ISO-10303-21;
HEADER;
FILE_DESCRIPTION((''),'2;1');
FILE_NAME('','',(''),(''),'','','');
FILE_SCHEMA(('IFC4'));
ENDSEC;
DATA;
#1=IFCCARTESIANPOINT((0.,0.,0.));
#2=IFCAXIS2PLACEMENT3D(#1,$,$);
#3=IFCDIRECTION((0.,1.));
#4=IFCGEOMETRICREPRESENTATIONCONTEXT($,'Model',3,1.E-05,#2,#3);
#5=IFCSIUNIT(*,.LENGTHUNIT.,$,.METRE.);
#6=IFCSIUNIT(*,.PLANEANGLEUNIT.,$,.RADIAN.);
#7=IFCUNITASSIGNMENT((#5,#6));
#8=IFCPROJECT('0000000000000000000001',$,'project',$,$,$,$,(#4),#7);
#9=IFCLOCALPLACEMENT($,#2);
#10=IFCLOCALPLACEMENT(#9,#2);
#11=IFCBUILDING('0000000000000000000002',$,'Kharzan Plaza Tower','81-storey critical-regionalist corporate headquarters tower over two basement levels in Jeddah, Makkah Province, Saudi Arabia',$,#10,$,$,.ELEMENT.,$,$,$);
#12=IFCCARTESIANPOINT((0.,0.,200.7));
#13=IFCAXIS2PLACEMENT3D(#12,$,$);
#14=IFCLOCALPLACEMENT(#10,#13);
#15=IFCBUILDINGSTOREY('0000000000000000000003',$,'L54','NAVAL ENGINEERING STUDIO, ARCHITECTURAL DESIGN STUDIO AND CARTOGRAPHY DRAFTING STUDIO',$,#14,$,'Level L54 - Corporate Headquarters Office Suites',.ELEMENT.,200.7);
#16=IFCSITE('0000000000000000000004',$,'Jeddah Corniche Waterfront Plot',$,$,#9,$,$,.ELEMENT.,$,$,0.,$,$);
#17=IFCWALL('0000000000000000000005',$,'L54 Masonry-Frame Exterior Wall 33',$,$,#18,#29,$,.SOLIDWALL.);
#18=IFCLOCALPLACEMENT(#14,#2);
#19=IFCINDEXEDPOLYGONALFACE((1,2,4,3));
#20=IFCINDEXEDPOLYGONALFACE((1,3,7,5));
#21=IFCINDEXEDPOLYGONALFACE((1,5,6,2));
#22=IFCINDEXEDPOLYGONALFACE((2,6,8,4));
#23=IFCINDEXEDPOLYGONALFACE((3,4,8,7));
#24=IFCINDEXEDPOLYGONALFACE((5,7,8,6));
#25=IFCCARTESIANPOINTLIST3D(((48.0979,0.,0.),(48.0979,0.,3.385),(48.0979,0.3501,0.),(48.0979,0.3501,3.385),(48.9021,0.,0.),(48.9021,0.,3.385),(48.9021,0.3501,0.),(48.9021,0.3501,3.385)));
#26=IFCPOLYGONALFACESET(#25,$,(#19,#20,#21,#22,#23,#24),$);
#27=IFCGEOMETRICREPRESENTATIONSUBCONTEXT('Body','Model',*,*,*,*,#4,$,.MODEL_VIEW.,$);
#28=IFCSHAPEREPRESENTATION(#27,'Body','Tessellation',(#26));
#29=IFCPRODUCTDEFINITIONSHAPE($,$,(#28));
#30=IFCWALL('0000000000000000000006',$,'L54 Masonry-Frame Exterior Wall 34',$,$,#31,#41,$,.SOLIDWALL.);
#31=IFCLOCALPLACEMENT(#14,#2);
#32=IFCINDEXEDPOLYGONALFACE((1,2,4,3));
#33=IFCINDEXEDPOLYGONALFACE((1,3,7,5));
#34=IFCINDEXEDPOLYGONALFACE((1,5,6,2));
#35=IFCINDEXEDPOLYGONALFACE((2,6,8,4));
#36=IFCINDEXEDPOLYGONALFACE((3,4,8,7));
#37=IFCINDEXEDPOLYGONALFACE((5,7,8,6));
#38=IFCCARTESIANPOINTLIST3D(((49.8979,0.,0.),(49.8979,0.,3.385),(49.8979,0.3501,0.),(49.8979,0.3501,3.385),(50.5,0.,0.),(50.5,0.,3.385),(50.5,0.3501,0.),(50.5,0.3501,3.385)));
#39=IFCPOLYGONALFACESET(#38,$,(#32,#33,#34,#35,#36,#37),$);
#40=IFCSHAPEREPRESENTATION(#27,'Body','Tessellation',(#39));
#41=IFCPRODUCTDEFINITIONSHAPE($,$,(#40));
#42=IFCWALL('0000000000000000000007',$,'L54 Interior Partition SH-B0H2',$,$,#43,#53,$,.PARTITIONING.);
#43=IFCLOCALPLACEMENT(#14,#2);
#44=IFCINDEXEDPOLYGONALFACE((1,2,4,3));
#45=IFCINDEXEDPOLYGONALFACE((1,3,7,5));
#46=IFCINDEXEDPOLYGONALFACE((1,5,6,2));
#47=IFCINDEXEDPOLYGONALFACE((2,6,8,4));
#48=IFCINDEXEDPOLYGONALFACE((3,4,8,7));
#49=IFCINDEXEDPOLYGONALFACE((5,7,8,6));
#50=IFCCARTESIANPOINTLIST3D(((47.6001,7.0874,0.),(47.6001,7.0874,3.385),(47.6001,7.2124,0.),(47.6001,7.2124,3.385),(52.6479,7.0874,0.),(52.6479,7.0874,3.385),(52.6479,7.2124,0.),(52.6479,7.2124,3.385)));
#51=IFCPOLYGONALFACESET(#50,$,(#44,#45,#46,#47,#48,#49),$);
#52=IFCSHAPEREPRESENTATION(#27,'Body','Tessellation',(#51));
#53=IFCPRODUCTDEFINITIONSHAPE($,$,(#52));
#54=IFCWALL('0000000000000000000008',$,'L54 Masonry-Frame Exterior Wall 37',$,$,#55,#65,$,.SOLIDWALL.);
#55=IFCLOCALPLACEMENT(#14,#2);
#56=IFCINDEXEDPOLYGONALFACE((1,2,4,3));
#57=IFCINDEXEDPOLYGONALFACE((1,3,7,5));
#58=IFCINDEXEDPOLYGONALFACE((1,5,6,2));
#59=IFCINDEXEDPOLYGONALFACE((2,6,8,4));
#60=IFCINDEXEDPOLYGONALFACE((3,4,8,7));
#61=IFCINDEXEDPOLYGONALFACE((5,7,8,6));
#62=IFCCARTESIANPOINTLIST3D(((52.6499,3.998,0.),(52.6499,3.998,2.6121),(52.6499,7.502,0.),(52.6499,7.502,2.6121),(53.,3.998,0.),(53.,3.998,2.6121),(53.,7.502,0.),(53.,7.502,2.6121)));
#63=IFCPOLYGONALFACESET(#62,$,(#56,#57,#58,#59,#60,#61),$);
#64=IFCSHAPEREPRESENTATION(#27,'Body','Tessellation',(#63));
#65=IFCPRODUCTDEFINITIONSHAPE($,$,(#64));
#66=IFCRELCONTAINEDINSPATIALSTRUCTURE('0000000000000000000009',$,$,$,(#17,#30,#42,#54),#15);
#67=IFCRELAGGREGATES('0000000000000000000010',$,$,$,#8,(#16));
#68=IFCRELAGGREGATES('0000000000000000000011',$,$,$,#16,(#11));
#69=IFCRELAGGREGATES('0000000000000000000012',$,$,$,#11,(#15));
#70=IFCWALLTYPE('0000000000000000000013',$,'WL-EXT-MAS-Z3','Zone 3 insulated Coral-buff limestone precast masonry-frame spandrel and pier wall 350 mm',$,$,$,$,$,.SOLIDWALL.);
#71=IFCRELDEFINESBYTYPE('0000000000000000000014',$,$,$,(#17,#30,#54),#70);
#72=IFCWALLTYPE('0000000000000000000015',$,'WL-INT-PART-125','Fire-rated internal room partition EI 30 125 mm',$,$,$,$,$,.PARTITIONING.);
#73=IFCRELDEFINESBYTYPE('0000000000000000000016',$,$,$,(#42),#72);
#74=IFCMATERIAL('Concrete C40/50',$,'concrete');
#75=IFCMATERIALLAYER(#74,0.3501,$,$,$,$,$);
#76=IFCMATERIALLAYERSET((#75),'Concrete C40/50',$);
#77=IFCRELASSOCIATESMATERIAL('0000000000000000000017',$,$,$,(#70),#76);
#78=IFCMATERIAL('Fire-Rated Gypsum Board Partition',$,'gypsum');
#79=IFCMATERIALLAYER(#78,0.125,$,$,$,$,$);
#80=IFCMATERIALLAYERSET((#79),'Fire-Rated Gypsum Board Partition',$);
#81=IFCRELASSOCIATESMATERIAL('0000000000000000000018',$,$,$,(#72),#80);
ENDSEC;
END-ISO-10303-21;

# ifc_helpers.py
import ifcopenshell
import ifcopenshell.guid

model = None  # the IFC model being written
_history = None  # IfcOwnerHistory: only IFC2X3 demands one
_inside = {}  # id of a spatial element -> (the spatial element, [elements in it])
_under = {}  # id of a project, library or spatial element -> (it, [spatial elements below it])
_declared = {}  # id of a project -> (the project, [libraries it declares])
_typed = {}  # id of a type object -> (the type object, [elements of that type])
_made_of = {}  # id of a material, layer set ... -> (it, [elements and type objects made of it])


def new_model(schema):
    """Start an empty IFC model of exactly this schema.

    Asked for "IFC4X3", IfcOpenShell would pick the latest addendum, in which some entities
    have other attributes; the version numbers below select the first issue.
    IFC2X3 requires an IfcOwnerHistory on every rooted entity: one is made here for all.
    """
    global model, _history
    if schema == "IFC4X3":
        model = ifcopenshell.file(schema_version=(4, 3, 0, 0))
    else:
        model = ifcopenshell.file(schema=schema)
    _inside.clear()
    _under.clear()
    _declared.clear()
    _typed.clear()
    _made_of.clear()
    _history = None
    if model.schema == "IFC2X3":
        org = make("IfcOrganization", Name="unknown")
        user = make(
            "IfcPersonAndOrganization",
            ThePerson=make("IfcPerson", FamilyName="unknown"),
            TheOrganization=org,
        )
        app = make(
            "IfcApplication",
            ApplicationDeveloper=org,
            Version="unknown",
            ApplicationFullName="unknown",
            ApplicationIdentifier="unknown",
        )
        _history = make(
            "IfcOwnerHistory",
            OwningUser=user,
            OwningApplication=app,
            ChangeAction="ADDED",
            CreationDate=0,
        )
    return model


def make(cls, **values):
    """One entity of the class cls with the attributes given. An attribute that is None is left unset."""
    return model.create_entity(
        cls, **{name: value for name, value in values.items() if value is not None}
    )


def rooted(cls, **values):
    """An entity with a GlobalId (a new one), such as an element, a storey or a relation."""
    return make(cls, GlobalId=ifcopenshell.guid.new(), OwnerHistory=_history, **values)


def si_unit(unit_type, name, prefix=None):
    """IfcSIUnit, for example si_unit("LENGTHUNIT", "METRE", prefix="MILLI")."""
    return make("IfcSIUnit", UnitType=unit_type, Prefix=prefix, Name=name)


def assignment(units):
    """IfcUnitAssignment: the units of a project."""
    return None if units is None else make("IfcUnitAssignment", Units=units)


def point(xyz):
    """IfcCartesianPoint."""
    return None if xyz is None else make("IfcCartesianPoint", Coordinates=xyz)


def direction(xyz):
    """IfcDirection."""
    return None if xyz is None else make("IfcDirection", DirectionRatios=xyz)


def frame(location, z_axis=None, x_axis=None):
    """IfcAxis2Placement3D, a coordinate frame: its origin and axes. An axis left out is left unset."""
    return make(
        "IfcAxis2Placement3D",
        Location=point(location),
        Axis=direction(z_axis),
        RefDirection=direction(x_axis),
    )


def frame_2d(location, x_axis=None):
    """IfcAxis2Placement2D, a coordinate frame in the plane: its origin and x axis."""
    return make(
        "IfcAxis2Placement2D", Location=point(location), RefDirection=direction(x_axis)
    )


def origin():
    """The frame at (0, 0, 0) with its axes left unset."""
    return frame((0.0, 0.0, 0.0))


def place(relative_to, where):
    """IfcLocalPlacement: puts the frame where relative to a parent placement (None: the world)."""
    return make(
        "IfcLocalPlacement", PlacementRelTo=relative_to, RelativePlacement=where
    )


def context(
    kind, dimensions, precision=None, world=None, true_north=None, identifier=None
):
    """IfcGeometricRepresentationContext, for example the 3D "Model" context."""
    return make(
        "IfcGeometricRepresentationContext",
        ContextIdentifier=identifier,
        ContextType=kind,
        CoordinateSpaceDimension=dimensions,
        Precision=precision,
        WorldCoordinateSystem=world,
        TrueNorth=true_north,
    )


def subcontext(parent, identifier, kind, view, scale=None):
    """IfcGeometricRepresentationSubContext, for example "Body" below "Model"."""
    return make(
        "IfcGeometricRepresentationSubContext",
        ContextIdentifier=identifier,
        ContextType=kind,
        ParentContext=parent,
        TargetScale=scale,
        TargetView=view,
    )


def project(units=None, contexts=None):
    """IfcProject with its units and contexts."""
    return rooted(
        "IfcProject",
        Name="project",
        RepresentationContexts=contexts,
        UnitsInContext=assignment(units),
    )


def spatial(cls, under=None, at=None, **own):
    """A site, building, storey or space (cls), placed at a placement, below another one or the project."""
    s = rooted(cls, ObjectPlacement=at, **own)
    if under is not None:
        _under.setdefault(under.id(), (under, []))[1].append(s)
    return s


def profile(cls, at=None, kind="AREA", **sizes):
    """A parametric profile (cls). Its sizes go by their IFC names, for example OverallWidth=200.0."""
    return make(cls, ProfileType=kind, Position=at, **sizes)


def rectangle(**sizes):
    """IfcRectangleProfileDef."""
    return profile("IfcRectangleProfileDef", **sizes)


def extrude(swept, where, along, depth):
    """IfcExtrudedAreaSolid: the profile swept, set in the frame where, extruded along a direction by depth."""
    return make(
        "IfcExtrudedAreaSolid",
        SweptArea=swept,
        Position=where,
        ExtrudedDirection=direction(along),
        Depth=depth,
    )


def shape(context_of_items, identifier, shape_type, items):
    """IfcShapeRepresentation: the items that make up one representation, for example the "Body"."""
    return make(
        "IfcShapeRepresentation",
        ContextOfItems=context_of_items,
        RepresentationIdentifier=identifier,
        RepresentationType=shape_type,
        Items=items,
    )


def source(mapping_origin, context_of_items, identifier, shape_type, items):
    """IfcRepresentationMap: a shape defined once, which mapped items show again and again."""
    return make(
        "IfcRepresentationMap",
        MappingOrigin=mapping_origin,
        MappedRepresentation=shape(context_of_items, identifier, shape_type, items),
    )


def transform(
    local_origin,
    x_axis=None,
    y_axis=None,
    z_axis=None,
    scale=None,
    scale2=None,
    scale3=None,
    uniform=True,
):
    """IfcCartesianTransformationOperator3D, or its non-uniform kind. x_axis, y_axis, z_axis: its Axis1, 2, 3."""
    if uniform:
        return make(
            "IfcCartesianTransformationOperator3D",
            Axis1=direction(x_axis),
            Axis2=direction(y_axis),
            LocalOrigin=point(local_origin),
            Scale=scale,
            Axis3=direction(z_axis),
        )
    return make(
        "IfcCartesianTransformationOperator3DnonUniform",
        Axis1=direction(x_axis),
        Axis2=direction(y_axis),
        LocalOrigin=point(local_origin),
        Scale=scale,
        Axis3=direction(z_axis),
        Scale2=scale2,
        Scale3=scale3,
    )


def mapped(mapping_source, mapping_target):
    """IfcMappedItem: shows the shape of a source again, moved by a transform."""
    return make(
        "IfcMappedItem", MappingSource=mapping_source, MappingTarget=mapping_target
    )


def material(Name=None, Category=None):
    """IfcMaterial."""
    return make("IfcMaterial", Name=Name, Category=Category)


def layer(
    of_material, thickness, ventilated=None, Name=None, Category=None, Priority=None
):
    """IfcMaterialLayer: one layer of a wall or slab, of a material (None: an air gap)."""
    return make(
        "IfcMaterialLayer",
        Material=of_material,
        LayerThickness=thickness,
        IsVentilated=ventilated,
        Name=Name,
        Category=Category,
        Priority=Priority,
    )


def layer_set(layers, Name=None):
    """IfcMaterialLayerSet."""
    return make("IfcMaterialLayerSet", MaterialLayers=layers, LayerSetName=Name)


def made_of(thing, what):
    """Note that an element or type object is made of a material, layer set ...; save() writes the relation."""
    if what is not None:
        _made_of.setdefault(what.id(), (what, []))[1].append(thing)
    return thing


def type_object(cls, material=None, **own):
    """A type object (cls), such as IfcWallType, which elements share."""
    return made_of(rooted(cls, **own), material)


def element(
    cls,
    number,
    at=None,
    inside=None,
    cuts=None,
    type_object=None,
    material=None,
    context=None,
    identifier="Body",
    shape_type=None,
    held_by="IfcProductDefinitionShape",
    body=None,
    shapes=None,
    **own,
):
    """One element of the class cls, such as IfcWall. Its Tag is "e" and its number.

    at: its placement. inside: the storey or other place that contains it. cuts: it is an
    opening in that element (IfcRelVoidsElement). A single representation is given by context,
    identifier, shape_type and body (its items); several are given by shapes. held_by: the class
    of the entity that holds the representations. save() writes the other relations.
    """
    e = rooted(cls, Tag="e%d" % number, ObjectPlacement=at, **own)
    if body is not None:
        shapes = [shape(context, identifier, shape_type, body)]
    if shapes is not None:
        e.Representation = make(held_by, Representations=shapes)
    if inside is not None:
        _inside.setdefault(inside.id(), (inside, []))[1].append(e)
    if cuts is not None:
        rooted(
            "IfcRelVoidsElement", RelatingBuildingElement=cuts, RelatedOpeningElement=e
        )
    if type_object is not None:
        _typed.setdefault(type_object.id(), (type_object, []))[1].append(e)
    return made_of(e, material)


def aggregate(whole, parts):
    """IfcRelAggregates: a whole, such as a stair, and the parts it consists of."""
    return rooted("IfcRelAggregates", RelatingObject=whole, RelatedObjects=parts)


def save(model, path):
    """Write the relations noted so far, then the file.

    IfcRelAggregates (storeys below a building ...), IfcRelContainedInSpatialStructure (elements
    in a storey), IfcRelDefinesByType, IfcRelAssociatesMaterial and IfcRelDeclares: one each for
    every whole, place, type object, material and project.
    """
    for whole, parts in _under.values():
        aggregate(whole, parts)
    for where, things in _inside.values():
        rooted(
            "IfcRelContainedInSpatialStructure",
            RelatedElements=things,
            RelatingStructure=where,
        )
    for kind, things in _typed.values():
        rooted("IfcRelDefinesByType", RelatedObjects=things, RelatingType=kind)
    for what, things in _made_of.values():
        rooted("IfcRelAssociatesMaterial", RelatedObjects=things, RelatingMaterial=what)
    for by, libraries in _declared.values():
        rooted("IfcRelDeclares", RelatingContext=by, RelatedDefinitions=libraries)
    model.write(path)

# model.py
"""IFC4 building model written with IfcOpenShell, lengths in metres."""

from ifc_helpers import new_model, si_unit, direction, frame, frame_2d, origin, place, context, subcontext, project, spatial, rectangle, extrude, source, transform, mapped, material, layer, layer_set, type_object, element, save


model = new_model("IFC4")

# Units and contexts
model_context = context("Model", 3, precision=1e-05, world=origin(), true_north=direction((0.0, 1.0)))
body_context = subcontext(model_context, "Body", "Model", "MODEL_VIEW")
ifc_project = project(units=[si_unit("LENGTHUNIT", "METRE"), si_unit("PLANEANGLEUNIT", "RADIAN")], contexts=[model_context])

# Site, building, storey
site_placement = place(None, origin())
site = spatial("IfcSite", under=ifc_project, at=site_placement, Name="Jeddah Corniche Waterfront Plot", CompositionType="ELEMENT", RefElevation=0.0)
building_placement = place(site_placement, origin())
building = spatial("IfcBuilding", under=site, at=building_placement, Name="Kharzan Plaza Tower", Description="81-storey critical-regionalist corporate headquarters tower over two basement levels in Jeddah, Makkah Province, Saudi Arabia", CompositionType="ELEMENT")
storey_placement = place(building_placement, frame((0.0, 0.0, 200.7)))
storey = spatial("IfcBuildingStorey", under=building, at=storey_placement, Name="L54", Description="NAVAL ENGINEERING STUDIO, ARCHITECTURAL DESIGN STUDIO AND CARTOGRAPHY DRAFTING STUDIO", LongName="Level L54 - Corporate Headquarters Office Suites", CompositionType="ELEMENT", Elevation=200.7)

# Shared definitions
ifc_material_1 = material(Name="Concrete C40/50", Category="concrete")
ifc_layer_1 = layer(ifc_material_1, 0.3501)
ifc_layer_set_1 = layer_set([ifc_layer_1], Name="Concrete C40/50")
wall_type_1 = type_object("IfcWallType", Name="WL-EXT-MAS-Z3", Description="Zone 3 insulated Coral-buff limestone precast masonry-frame spandrel and pier wall 350 mm", PredefinedType="SOLIDWALL", material=ifc_layer_set_1)

# Shared definitions
ifc_material_2 = material(Name="Fire-Rated Gypsum Board Partition", Category="gypsum")
ifc_layer_2 = layer(ifc_material_2, 0.125)
ifc_layer_set_2 = layer_set([ifc_layer_2], Name="Fire-Rated Gypsum Board Partition")
wall_type_2 = type_object("IfcWallType", Name="WL-INT-PART-125", Description="Fire-rated internal room partition EI 30 125 mm", PredefinedType="PARTITIONING", material=ifc_layer_set_2)

# Walls
shared_shape_1 = source(origin(), body_context, "Body", "SweptSolid", [
    extrude(rectangle(XDim=0.8042, YDim=0.3501, at=frame_2d((0.4021, 0.0))), origin(), (0.0, 0.0, 1.0), 3.385),
])
wall_1_placement = place(storey_placement, frame((48.0979, 0.175, 0.0), z_axis=(0.0, 0.0, 1.0), x_axis=(1.0, 0.0, 0.0)))
element("IfcWall", 1, at=wall_1_placement, inside=storey, type_object=wall_type_1, Name="L54 Masonry-Frame Exterior Wall 33", PredefinedType="SOLIDWALL", context=body_context, shape_type="MappedRepresentation", body=[
    mapped(shared_shape_1, transform((0.0, 0.0, 0.0), x_axis=(1.0, 0.0, 0.0), y_axis=(0.0, 1.0, 0.0), z_axis=(0.0, 0.0, 1.0))),
])
shared_shape_2 = source(origin(), body_context, "Body", "SweptSolid", [
    extrude(rectangle(XDim=0.6021, YDim=0.3501, at=frame_2d((0.301, 0.0))), origin(), (0.0, 0.0, 1.0), 3.385),
])
wall_2_placement = place(storey_placement, frame((49.8979, 0.175, 0.0), z_axis=(0.0, 0.0, 1.0), x_axis=(1.0, 0.0, 0.0)))
element("IfcWall", 2, at=wall_2_placement, inside=storey, type_object=wall_type_1, Name="L54 Masonry-Frame Exterior Wall 34", PredefinedType="SOLIDWALL", context=body_context, shape_type="MappedRepresentation", body=[
    mapped(shared_shape_2, transform((0.0, 0.0, 0.0), x_axis=(1.0, 0.0, 0.0), y_axis=(0.0, 1.0, 0.0), z_axis=(0.0, 0.0, 1.0))),
])
shared_shape_3 = source(origin(), body_context, "Body", "SweptSolid", [
    extrude(rectangle(XDim=5.0479, YDim=0.125, at=frame_2d((2.5239, 0.0))), origin(), (0.0, 0.0, 1.0), 3.385),
])
wall_3_placement = place(storey_placement, frame((47.6001, 7.1499, 0.0), z_axis=(0.0, 0.0, 1.0), x_axis=(1.0, 0.0, 0.0)))
element("IfcWall", 3, at=wall_3_placement, inside=storey, type_object=wall_type_2, Name="L54 Interior Partition SH-B0H2", PredefinedType="PARTITIONING", context=body_context, shape_type="MappedRepresentation", body=[
    mapped(shared_shape_3, transform((0.0, 0.0, 0.0), x_axis=(1.0, 0.0, 0.0), y_axis=(0.0, 1.0, 0.0), z_axis=(0.0, 0.0, 1.0))),
])
shared_shape_4 = source(origin(), body_context, "Body", "SweptSolid", [
    extrude(rectangle(XDim=3.5039, YDim=0.3501, at=frame_2d((1.752, 0.0))), origin(), (0.0, 0.0, 1.0), 2.6121),
])
wall_4_placement = place(storey_placement, frame((52.825, 3.998, 0.0), z_axis=(0.0, 0.0, 1.0), x_axis=(0.0, 1.0, 0.0)))
element("IfcWall", 4, at=wall_4_placement, inside=storey, type_object=wall_type_1, Name="L54 Masonry-Frame Exterior Wall 37", PredefinedType="SOLIDWALL", context=body_context, shape_type="MappedRepresentation", body=[
    mapped(shared_shape_4, transform((0.0, 0.0, 0.0), x_axis=(1.0, 0.0, 0.0), y_axis=(0.0, 1.0, 0.0), z_axis=(0.0, 0.0, 1.0))),
])

save(model, "model.ifc")
